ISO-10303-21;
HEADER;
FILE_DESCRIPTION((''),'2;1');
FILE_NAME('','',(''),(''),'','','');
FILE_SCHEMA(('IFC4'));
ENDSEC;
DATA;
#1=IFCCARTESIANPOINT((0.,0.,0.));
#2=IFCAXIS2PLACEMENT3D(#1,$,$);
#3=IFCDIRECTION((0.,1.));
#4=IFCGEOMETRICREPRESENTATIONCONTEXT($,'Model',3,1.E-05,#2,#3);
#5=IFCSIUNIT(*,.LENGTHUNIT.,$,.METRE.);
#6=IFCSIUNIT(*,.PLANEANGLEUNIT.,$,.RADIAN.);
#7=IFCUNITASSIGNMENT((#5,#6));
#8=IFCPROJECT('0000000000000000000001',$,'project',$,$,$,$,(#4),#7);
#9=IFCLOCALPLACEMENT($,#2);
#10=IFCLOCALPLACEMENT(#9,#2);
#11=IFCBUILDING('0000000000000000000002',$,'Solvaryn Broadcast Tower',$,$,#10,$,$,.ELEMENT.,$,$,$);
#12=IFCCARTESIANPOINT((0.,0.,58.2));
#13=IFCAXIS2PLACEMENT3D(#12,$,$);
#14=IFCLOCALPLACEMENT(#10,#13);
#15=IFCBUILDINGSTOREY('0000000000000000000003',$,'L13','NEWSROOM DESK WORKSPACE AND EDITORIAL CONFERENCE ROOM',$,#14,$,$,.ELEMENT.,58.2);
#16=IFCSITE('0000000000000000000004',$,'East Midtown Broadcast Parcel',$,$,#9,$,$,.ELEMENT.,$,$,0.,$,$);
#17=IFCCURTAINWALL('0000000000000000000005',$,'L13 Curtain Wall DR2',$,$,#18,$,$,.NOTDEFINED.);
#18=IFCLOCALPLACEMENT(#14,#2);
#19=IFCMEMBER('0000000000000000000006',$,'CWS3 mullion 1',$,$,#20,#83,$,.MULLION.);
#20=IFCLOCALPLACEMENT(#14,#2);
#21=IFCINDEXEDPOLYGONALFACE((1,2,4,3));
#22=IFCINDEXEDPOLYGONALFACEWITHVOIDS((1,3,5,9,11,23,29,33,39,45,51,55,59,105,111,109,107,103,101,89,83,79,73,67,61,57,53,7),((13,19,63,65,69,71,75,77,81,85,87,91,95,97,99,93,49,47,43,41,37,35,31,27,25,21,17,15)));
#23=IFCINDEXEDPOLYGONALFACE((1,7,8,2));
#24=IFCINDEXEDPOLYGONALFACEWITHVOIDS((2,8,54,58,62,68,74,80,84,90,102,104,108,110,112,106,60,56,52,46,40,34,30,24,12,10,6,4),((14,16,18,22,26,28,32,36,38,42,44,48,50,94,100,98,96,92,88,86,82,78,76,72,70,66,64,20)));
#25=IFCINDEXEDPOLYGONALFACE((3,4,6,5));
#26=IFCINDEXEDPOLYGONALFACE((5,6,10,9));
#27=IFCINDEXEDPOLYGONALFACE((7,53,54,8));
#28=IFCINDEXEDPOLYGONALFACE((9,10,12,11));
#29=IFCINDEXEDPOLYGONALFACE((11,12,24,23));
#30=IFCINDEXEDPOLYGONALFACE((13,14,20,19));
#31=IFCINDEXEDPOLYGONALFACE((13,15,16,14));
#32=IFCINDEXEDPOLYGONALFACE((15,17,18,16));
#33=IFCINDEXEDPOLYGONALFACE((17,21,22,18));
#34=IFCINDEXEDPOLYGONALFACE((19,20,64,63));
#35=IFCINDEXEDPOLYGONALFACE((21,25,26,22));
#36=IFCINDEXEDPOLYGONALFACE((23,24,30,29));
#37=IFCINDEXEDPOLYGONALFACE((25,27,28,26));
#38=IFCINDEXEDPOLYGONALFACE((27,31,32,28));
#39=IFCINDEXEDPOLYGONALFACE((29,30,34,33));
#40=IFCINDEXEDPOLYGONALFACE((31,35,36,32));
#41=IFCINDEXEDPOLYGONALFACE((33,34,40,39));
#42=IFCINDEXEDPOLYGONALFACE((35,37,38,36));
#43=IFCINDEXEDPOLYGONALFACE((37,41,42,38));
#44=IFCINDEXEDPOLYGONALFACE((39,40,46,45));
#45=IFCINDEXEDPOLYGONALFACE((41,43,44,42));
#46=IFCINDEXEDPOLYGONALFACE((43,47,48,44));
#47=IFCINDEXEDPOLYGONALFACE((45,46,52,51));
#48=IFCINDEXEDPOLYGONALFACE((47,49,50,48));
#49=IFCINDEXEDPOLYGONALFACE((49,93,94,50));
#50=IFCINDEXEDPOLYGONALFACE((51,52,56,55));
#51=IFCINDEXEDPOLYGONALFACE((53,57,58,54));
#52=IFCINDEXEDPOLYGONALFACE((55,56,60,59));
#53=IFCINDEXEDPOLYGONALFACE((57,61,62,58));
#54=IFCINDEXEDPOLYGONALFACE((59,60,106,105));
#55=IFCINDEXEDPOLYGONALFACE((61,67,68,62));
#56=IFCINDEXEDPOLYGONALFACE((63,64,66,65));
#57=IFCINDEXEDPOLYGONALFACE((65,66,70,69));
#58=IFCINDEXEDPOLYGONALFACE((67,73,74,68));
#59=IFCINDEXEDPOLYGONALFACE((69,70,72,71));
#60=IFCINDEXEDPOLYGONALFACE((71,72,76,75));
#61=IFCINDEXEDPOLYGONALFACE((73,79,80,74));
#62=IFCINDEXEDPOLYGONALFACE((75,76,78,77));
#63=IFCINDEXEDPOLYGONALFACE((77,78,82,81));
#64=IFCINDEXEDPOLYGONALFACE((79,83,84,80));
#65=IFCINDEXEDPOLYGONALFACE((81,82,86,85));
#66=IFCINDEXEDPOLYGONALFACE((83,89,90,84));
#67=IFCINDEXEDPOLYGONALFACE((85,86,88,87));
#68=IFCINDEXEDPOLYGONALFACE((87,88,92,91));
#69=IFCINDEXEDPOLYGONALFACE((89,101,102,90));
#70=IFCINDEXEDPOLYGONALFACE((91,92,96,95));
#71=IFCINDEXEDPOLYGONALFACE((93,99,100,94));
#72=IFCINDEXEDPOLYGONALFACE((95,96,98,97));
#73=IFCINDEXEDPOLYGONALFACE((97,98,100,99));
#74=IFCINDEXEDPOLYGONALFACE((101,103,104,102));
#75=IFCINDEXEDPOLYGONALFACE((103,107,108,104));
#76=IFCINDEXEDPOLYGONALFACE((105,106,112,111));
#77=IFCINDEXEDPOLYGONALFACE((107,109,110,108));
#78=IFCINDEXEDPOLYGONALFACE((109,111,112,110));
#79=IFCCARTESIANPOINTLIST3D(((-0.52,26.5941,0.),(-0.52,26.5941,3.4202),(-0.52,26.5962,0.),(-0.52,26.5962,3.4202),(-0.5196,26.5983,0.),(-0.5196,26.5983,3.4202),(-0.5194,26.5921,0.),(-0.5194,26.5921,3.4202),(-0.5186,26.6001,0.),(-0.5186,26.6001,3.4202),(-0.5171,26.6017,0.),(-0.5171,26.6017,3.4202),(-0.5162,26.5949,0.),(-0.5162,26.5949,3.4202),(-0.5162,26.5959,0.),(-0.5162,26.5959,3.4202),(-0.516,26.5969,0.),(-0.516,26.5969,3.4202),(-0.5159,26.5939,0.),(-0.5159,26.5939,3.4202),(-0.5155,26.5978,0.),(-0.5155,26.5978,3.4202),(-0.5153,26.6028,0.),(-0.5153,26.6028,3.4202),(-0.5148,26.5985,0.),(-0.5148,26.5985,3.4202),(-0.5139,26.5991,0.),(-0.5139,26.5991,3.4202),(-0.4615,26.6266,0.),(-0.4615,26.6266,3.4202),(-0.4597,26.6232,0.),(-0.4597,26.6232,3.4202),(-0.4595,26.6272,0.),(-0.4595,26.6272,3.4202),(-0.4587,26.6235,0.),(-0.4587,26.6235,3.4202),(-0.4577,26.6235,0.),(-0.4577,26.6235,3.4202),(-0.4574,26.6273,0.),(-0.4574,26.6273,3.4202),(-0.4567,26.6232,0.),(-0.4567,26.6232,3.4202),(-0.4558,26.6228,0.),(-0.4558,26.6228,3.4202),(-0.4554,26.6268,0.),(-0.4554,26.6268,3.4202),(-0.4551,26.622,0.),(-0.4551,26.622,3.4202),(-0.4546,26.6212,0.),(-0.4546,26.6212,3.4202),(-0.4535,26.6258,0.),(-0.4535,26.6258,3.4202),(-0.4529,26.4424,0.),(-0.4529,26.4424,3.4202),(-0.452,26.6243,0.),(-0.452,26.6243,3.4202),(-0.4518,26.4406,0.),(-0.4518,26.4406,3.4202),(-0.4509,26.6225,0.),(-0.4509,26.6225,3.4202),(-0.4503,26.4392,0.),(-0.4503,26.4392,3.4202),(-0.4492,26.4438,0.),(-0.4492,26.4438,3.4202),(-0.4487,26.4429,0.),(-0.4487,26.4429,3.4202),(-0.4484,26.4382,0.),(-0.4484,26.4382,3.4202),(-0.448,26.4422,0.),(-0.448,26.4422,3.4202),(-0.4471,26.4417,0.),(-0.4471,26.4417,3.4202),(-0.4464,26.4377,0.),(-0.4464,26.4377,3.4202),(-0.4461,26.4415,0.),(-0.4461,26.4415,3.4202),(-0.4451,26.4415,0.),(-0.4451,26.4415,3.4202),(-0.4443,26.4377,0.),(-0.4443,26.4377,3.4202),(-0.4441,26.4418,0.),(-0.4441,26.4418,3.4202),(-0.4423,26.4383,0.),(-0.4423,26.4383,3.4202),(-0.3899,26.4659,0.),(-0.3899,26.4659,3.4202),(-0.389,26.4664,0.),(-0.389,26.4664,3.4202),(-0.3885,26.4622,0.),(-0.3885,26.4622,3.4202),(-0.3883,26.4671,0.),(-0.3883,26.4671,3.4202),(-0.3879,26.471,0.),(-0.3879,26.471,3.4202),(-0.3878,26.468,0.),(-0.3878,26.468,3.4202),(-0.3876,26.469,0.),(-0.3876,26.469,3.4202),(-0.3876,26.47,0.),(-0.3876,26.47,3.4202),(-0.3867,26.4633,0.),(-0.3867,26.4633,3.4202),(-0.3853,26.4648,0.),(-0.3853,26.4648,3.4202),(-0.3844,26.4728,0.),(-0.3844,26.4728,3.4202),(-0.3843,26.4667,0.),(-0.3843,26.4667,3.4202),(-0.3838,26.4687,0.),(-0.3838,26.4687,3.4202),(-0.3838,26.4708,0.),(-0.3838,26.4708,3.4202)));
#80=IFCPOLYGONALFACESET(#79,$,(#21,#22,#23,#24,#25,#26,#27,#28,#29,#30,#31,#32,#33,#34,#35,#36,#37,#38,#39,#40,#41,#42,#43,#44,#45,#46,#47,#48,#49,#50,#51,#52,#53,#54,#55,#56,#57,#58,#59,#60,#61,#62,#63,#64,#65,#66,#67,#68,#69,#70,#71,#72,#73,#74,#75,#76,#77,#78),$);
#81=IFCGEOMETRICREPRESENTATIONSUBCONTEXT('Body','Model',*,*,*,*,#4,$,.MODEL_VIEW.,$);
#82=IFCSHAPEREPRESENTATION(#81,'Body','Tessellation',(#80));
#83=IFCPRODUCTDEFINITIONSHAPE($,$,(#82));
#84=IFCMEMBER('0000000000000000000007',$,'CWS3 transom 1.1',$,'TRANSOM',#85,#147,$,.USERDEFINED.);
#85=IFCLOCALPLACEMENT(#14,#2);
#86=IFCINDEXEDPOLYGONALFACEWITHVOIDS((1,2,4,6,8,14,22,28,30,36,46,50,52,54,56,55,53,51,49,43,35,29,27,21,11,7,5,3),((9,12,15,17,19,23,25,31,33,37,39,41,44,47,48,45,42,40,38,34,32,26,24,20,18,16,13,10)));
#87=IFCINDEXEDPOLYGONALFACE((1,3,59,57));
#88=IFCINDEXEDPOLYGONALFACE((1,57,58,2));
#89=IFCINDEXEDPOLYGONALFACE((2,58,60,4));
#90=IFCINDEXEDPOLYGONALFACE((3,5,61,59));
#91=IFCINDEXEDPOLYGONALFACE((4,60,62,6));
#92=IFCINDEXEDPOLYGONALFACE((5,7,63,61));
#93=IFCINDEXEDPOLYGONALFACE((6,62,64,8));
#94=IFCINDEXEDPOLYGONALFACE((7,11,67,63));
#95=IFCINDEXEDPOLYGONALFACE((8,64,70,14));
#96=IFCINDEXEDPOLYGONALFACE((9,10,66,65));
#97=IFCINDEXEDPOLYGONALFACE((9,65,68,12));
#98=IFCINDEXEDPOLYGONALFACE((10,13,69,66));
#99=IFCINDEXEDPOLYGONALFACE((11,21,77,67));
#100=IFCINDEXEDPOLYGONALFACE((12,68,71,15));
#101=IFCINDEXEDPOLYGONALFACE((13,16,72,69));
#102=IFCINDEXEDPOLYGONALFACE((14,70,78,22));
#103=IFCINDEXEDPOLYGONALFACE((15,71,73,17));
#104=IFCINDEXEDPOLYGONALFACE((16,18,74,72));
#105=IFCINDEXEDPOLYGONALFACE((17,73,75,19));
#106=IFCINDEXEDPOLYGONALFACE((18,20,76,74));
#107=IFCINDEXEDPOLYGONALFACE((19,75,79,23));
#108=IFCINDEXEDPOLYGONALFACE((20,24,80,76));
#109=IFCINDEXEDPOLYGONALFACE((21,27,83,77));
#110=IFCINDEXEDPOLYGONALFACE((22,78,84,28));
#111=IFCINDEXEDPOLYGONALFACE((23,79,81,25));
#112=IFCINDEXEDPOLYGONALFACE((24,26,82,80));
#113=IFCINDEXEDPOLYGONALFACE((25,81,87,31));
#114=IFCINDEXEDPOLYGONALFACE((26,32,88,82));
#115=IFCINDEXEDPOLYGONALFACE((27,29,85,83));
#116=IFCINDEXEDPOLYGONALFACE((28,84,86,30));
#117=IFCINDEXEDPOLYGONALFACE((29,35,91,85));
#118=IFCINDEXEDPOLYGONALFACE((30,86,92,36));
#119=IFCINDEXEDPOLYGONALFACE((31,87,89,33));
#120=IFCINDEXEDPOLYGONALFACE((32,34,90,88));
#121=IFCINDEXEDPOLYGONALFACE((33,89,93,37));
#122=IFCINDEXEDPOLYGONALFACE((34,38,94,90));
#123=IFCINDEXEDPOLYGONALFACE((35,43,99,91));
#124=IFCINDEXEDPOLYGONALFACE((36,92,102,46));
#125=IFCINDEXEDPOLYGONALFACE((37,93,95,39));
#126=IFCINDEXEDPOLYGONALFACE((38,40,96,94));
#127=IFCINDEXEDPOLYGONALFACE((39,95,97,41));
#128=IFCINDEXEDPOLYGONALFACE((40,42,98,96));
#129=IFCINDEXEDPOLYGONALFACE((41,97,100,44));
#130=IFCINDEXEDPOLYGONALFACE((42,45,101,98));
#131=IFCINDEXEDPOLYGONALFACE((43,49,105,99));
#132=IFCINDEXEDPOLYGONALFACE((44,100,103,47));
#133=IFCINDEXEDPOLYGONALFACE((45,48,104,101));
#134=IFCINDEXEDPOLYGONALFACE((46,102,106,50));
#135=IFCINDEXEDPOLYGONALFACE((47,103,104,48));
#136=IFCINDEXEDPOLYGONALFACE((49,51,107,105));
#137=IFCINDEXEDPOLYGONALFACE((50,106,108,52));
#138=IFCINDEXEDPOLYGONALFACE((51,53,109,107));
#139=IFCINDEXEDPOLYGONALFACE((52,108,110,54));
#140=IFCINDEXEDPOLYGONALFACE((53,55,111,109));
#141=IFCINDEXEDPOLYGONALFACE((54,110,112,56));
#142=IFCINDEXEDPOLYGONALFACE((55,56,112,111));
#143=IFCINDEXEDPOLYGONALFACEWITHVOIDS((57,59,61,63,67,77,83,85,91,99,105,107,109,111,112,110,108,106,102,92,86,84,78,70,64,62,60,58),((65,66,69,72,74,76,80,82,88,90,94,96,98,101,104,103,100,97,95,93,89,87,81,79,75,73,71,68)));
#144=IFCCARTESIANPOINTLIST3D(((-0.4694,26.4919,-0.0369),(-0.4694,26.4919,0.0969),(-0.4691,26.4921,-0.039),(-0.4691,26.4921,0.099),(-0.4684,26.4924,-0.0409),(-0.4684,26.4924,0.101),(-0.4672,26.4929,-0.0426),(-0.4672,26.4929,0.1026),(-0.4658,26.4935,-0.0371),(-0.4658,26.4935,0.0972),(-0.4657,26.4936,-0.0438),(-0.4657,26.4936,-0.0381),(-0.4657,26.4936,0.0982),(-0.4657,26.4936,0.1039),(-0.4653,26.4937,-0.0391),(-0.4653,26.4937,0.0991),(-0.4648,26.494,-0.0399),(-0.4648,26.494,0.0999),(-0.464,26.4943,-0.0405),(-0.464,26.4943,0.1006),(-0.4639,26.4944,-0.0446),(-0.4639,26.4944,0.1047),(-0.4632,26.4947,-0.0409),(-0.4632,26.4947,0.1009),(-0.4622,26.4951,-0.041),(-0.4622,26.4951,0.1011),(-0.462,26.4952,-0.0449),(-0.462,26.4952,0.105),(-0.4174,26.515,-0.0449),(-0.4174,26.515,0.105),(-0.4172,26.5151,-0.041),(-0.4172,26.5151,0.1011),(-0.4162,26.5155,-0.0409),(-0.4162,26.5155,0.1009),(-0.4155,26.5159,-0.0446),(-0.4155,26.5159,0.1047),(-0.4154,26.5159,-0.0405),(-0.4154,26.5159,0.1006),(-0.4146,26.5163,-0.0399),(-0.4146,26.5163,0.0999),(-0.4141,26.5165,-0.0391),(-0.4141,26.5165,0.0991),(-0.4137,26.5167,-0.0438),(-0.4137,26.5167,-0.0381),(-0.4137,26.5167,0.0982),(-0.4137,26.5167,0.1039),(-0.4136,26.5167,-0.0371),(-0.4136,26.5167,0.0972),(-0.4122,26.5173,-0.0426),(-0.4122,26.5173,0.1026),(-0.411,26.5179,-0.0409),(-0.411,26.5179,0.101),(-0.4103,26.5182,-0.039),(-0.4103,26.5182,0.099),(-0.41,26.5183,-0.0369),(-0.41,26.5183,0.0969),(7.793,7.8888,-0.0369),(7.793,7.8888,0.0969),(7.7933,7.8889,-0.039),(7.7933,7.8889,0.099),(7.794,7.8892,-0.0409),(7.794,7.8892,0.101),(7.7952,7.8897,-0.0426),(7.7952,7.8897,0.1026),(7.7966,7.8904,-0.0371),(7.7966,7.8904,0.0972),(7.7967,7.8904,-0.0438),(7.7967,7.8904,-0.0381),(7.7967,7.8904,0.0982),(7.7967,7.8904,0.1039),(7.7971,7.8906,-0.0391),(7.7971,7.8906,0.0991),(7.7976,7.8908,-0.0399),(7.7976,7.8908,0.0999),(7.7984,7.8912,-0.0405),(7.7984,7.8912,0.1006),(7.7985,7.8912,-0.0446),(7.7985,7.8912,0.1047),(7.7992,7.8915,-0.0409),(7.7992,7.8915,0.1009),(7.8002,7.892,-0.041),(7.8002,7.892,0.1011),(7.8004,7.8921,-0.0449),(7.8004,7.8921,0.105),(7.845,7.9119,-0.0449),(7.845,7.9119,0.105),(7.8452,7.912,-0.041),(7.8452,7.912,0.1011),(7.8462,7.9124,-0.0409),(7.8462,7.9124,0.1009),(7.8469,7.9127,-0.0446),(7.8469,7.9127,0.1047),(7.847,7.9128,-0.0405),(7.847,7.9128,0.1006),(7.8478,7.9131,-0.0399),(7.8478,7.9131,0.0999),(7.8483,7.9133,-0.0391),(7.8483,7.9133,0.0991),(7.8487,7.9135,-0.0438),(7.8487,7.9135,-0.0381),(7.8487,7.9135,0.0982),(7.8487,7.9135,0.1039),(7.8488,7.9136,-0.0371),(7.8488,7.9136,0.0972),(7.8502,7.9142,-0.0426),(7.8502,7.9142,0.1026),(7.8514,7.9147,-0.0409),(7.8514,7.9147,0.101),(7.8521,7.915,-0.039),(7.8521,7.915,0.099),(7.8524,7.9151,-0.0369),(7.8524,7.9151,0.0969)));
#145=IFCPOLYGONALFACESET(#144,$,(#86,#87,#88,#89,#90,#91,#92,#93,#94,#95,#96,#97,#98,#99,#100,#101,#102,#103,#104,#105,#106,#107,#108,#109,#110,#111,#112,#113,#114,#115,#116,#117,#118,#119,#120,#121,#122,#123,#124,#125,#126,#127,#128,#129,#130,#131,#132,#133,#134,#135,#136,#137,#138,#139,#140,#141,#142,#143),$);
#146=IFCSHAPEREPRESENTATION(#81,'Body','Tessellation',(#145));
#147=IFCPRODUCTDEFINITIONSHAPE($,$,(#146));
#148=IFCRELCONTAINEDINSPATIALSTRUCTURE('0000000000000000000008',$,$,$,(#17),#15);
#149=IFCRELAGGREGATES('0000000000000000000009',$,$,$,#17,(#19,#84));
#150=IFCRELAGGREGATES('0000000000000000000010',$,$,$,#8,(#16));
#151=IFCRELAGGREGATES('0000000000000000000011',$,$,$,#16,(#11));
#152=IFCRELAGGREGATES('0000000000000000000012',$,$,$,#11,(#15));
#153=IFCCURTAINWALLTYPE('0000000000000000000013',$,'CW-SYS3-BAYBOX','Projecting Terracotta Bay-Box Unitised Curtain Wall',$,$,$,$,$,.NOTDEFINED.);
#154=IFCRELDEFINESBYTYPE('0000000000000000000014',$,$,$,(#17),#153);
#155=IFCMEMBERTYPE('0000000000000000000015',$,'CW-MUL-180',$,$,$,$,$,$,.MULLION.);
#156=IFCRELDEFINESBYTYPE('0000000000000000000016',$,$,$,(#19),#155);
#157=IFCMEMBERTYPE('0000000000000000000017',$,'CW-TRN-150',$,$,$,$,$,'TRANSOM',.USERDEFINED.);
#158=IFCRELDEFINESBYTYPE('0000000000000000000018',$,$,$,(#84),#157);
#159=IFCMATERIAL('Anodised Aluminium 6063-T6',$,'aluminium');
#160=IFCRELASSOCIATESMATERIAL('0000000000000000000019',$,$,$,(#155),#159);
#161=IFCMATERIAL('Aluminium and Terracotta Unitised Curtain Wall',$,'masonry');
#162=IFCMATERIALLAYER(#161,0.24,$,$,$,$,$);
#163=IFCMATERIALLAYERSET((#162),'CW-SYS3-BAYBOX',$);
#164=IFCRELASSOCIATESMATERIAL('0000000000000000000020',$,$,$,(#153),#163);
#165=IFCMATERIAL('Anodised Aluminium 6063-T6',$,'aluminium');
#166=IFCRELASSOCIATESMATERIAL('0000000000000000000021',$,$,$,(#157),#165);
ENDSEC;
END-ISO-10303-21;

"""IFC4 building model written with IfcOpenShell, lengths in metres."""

from ifc_helpers import new_model, si_unit, direction, frame, origin, origin_2d, place, context, subcontext, project, spatial, hollow_rectangle, extrude, material, layer, layer_set, material_profile, profile_set, type_object, element, aggregate, save


model = new_model("IFC4")

# Units and contexts
model_context = context("Model", 3, precision=1e-05, world=origin(), true_north=direction((0.0, 1.0)))
body_context = subcontext(model_context, "Body", "Model", "MODEL_VIEW")
ifc_project = project(units=[si_unit("LENGTHUNIT", "METRE"), si_unit("PLANEANGLEUNIT", "RADIAN")], contexts=[model_context])

# Site, building, storey
site_placement = place(None, origin())
site = spatial("IfcSite", under=ifc_project, at=site_placement, Name="East Midtown Broadcast Parcel", CompositionType="ELEMENT", RefElevation=0.0)
building_placement = place(site_placement, origin())
building = spatial("IfcBuilding", under=site, at=building_placement, Name="Solvaryn Broadcast Tower", CompositionType="ELEMENT")
storey_placement = place(building_placement, frame((0.0, 0.0, 58.2)))
storey = spatial("IfcBuildingStorey", under=building, at=storey_placement, Name="L13", Description="NEWSROOM DESK WORKSPACE AND EDITORIAL CONFERENCE ROOM", CompositionType="ELEMENT", Elevation=58.2)

# Shared definitions
ifc_material_1 = material(Name="Anodised Aluminium 6063-T6", Category="aluminium")
ifc_material_profile_1 = material_profile(ifc_material_1, hollow_rectangle(XDim=0.075, YDim=0.1799, WallThickness=0.0039, InnerFilletRadius=0.0039, OuterFilletRadius=0.0081, at=origin_2d()))
ifc_profile_set_1 = profile_set([ifc_material_profile_1], Name="Anodised Aluminium 6063-T6")
member_type_1 = type_object("IfcMemberType", Name="CW-MUL-180", PredefinedType="MULLION", material=ifc_profile_set_1)

# Curtain wall, members
ifc_material_2 = material(Name="Aluminium and Terracotta Unitised Curtain Wall", Category="masonry")
ifc_layer_1 = layer(ifc_material_2, 0.24)
ifc_layer_set_1 = layer_set([ifc_layer_1], Name="CW-SYS3-BAYBOX")
curtain_wall_type_1 = type_object("IfcCurtainWallType", Name="CW-SYS3-BAYBOX", Description="Projecting Terracotta Bay-Box Unitised Curtain Wall", PredefinedType="NOTDEFINED", material=ifc_layer_set_1)
curtain_wall_1_placement = place(storey_placement, origin())
curtain_wall_1 = element("IfcCurtainWall", 1, at=curtain_wall_1_placement, inside=storey, type_object=curtain_wall_type_1, Name="L13 Curtain Wall DR2", PredefinedType="NOTDEFINED")
member_1_placement = place(storey_placement, frame((-0.4519, 26.5325, 0.0), z_axis=(0.0, 0.0, 1.0), x_axis=(0.913918, 0.405898, 0.0)))
member_1 = element("IfcMember", 2, at=member_1_placement, type_object=member_type_1, Name="CWS3 mullion 1", PredefinedType="MULLION", context=body_context, shape_type="SweptSolid", body=[
    extrude(hollow_rectangle(XDim=0.075, YDim=0.1799, WallThickness=0.0039, InnerFilletRadius=0.0039, OuterFilletRadius=0.0081, at=origin_2d()), origin(), (0.0, 0.0, 1.0), 3.4202),
])
ifc_material_3 = material(Name="Anodised Aluminium 6063-T6", Category="aluminium")
ifc_material_profile_2 = material_profile(ifc_material_3, hollow_rectangle(XDim=0.0649, YDim=0.1499, WallThickness=0.0039, InnerFilletRadius=0.0039, OuterFilletRadius=0.0081, at=origin_2d()))
ifc_profile_set_2 = profile_set([ifc_material_profile_2], Name="Anodised Aluminium 6063-T6")
member_type_2 = type_object("IfcMemberType", Name="CW-TRN-150", ElementType="TRANSOM", PredefinedType="USERDEFINED", material=ifc_profile_set_2)
member_2_placement = place(storey_placement, frame((-0.4397, 26.5051, 0.03), z_axis=(0.405906, -0.913915, 0.0), x_axis=(0.913915, 0.405906, 0.0)))
member_2 = element("IfcMember", 3, at=member_2_placement, type_object=member_type_2, Name="CWS3 transom 1.1", ObjectType="TRANSOM", PredefinedType="USERDEFINED", context=body_context, shape_type="SweptSolid", body=[
    extrude(hollow_rectangle(XDim=0.0649, YDim=0.1499, WallThickness=0.0039, InnerFilletRadius=0.0039, OuterFilletRadius=0.0081, at=origin_2d()), origin(), (0.0, 0.0, 1.0), 20.3555),
])
aggregate(curtain_wall_1, [member_1, member_2])

save(model, "model.ifc")
